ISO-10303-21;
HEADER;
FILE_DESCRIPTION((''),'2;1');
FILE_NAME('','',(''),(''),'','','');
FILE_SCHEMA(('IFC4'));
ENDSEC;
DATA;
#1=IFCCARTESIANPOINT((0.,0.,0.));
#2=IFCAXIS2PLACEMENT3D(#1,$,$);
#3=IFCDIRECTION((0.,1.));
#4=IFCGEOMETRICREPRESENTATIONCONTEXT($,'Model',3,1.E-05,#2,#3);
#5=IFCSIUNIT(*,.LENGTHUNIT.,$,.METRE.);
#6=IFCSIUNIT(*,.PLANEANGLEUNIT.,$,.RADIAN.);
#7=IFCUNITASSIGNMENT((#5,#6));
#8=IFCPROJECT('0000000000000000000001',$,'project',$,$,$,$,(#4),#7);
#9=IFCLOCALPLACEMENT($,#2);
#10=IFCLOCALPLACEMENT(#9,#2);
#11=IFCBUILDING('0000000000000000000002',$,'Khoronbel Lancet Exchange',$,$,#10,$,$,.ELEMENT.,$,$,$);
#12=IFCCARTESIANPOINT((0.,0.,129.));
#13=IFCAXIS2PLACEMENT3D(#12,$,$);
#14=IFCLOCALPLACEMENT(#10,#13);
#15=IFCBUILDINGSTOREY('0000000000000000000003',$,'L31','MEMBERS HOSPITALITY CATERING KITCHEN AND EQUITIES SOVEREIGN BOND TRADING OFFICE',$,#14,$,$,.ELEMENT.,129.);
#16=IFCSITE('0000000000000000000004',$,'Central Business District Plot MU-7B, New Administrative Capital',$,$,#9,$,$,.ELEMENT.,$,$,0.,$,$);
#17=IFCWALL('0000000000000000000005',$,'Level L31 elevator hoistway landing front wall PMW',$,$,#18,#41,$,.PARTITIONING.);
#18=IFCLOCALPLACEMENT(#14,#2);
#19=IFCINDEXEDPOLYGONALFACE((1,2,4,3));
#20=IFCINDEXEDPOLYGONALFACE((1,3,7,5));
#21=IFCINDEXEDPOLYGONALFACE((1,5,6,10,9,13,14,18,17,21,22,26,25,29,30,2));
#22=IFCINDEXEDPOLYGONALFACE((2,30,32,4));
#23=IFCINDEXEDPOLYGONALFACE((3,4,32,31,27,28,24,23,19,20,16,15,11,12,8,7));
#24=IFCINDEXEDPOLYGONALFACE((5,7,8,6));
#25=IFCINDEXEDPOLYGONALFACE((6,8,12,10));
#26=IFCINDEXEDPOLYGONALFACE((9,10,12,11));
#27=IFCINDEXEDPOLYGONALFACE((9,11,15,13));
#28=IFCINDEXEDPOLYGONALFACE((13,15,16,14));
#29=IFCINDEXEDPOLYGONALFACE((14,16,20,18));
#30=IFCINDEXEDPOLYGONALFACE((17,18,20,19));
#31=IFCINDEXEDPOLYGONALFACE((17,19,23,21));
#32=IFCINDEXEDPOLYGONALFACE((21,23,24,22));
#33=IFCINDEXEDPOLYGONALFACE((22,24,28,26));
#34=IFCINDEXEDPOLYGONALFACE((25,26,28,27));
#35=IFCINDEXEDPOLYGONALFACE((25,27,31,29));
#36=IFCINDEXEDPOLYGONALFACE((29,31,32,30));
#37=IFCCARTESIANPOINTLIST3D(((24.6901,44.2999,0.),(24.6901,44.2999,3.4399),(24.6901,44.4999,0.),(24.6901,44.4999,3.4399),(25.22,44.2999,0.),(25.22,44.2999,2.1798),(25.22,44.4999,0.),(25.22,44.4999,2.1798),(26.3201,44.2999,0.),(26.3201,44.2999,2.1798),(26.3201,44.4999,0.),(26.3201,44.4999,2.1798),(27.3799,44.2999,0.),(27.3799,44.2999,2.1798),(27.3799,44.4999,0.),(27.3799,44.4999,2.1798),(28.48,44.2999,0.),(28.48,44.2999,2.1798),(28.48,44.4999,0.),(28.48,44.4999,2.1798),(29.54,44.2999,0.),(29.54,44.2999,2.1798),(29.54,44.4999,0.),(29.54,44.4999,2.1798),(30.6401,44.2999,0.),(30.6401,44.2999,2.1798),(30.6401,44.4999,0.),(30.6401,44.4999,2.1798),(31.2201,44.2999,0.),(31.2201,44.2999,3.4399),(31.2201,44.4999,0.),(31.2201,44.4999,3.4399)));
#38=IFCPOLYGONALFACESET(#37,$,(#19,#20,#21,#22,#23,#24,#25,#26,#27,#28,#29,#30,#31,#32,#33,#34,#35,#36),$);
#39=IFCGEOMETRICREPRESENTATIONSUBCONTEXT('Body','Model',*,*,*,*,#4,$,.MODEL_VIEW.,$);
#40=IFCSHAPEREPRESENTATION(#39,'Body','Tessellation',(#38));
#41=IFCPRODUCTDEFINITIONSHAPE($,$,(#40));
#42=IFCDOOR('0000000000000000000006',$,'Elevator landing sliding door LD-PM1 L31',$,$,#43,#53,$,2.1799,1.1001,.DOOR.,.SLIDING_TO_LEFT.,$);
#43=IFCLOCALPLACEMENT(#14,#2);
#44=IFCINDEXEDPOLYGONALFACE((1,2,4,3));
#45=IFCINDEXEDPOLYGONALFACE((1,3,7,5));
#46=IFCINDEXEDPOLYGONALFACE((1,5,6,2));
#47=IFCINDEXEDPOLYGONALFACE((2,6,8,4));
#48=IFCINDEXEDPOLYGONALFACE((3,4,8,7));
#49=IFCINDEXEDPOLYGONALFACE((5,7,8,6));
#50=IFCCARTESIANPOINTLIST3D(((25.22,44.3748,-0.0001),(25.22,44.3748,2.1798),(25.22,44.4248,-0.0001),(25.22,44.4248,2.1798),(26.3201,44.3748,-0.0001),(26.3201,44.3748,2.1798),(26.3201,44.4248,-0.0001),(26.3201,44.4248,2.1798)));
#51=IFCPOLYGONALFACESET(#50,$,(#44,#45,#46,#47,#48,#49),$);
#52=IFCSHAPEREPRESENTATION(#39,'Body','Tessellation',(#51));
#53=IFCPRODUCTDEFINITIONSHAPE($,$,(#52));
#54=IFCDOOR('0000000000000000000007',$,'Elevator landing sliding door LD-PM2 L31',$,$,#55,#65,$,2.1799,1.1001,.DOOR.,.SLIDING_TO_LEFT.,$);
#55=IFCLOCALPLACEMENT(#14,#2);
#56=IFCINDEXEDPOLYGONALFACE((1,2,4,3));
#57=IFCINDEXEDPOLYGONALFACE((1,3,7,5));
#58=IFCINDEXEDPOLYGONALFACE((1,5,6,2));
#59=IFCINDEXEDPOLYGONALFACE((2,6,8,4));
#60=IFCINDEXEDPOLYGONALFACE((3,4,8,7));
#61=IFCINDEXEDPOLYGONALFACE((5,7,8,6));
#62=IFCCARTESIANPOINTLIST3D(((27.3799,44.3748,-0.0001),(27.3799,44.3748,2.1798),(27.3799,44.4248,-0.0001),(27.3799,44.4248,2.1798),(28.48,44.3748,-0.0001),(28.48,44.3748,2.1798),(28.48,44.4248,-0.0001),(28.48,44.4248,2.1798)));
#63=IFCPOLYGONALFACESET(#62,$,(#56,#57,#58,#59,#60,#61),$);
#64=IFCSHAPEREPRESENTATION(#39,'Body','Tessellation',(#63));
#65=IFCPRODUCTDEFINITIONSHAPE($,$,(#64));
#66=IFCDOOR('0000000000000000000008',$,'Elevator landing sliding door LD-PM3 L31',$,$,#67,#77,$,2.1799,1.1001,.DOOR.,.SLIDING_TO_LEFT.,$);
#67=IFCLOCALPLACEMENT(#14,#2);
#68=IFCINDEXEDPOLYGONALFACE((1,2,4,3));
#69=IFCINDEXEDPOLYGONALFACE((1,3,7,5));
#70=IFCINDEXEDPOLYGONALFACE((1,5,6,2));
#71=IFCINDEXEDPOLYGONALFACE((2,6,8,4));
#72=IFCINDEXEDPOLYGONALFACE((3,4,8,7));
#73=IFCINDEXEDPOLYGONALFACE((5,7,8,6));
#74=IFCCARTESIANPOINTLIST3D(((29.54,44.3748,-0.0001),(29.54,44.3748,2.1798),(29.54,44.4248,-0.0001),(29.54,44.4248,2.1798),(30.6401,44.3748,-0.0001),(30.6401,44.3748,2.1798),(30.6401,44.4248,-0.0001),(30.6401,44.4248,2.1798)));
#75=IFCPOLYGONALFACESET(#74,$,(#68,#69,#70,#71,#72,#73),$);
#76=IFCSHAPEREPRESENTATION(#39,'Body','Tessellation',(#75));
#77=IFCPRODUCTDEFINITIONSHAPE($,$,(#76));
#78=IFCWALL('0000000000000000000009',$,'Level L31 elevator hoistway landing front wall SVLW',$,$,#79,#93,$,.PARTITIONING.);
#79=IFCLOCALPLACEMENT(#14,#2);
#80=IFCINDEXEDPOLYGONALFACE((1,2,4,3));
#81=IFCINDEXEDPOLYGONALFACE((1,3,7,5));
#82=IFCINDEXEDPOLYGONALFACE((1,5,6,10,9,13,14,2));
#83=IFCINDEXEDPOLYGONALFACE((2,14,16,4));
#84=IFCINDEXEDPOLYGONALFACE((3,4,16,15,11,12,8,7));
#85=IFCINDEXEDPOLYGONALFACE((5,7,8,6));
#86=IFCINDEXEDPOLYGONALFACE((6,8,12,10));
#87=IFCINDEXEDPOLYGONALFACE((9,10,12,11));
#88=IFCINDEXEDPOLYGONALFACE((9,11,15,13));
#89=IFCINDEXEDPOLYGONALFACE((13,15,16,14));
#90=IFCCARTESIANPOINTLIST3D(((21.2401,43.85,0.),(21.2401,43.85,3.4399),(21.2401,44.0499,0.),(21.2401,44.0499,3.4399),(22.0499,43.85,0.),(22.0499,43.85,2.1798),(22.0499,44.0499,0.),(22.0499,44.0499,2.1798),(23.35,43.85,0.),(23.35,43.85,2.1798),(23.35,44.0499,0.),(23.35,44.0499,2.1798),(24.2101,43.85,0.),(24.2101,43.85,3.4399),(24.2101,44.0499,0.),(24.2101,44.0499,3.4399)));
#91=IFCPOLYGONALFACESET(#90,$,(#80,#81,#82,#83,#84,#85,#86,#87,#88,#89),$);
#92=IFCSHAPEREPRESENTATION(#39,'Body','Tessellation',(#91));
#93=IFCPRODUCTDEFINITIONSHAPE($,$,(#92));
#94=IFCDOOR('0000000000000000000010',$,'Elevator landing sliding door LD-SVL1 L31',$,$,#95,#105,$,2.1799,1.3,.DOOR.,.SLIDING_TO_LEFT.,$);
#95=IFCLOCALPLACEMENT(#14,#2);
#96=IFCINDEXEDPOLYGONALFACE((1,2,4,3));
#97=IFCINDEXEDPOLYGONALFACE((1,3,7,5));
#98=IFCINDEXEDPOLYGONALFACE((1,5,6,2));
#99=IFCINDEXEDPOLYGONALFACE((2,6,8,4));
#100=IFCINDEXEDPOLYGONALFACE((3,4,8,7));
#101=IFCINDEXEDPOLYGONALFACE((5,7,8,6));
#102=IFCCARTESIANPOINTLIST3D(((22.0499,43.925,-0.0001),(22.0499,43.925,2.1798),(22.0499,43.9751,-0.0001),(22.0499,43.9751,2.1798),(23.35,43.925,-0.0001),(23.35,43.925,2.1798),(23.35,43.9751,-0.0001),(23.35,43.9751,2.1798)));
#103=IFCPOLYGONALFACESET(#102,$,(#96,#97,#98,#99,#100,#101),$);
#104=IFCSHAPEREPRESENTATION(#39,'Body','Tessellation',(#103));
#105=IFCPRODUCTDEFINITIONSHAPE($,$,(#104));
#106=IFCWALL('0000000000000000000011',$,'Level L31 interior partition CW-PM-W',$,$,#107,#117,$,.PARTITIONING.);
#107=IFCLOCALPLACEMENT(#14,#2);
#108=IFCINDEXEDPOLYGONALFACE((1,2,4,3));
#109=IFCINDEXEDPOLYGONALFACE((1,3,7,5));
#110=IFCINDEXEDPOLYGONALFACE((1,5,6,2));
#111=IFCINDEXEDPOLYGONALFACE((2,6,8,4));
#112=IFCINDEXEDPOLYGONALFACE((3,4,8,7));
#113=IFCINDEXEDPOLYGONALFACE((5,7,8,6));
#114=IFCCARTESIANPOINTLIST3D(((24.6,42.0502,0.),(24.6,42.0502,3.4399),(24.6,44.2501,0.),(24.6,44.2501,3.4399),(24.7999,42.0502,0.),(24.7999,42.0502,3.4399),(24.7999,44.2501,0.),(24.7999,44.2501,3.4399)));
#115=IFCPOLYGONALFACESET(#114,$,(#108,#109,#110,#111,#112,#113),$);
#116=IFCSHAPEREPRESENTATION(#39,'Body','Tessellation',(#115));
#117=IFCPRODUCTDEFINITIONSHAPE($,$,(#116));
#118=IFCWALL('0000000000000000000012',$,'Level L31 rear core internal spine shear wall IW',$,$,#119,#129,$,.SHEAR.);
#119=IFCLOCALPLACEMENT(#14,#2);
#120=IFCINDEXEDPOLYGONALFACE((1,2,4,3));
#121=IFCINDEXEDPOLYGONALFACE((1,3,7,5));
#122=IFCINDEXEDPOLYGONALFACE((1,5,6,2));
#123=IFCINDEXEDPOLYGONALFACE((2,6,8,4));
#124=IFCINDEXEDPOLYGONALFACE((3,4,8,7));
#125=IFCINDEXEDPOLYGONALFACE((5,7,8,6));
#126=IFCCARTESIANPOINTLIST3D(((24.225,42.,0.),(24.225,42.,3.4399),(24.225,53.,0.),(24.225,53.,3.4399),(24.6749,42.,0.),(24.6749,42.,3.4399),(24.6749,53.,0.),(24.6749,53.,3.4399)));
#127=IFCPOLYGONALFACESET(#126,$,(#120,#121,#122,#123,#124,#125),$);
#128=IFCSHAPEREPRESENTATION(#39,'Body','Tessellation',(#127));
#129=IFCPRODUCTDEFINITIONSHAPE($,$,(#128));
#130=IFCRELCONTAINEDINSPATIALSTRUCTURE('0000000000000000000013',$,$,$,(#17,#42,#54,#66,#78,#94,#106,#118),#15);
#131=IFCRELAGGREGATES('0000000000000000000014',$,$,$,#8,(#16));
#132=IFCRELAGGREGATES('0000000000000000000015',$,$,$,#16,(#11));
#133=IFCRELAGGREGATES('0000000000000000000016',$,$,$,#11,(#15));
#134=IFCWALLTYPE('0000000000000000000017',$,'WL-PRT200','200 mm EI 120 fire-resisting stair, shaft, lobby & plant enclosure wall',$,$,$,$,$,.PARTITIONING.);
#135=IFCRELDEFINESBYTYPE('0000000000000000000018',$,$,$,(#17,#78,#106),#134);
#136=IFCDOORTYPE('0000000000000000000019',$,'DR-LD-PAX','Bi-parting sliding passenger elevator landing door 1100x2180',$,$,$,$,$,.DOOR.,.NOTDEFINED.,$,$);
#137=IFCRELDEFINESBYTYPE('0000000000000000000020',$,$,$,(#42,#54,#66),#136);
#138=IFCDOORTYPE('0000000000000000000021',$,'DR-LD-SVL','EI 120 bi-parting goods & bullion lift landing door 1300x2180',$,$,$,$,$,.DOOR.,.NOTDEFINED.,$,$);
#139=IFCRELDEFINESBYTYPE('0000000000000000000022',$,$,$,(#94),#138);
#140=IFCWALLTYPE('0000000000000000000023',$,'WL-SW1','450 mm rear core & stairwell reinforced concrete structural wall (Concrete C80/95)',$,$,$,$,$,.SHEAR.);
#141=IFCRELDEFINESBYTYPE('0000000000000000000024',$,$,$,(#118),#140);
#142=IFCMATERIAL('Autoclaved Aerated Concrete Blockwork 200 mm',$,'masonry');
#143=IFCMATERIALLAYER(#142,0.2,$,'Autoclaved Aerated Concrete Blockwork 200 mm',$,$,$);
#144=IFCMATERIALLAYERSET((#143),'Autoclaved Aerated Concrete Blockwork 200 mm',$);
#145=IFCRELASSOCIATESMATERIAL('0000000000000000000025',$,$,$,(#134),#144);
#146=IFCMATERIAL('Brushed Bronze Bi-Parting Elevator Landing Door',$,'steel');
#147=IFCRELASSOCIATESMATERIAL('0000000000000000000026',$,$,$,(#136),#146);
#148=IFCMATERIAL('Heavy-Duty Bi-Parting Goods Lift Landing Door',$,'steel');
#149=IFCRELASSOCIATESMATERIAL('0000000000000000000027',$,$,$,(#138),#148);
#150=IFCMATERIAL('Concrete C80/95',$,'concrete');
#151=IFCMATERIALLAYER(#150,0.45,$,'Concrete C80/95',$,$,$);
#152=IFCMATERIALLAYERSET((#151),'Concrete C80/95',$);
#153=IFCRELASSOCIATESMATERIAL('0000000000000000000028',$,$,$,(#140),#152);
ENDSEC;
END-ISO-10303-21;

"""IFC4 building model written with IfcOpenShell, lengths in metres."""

from ifc_helpers import new_model, si_unit, direction, frame, frame_2d, origin, place, context, subcontext, project, spatial, rectangle, extrude, material, layer, layer_set, type_object, element, fill, save


model = new_model("IFC4")

# Units and contexts
model_context = context("Model", 3, precision=1e-05, world=origin(), true_north=direction((0.0, 1.0)))
body_context = subcontext(model_context, "Body", "Model", "MODEL_VIEW")
ifc_project = project(units=[si_unit("LENGTHUNIT", "METRE"), si_unit("PLANEANGLEUNIT", "RADIAN")], contexts=[model_context])

# Site, building, storey
site_placement = place(None, origin())
site = spatial("IfcSite", under=ifc_project, at=site_placement, Name="Central Business District Plot MU-7B, New Administrative Capital", CompositionType="ELEMENT", RefElevation=0.0)
building_placement = place(site_placement, origin())
building = spatial("IfcBuilding", under=site, at=building_placement, Name="Khoronbel Lancet Exchange", CompositionType="ELEMENT")
storey_placement = place(building_placement, frame((0.0, 0.0, 129.0)))
storey = spatial("IfcBuildingStorey", under=building, at=storey_placement, Name="L31", Description="MEMBERS HOSPITALITY CATERING KITCHEN AND EQUITIES SOVEREIGN BOND TRADING OFFICE", CompositionType="ELEMENT", Elevation=129.0)

# Shared definitions
ifc_material_1 = material(Name="Concrete C80/95", Category="concrete")

# Wall, openings, doors
ifc_material_2 = material(Name="Autoclaved Aerated Concrete Blockwork 200 mm", Category="masonry")
ifc_layer_1 = layer(ifc_material_2, 0.2, Name="Autoclaved Aerated Concrete Blockwork 200 mm")
ifc_layer_set_1 = layer_set([ifc_layer_1], Name="Autoclaved Aerated Concrete Blockwork 200 mm")
wall_type_1 = type_object("IfcWallType", Name="WL-PRT200", Description="200 mm EI 120 fire-resisting stair, shaft, lobby & plant enclosure wall", PredefinedType="PARTITIONING", material=ifc_layer_set_1)
wall_1_placement = place(storey_placement, frame((24.6899, 44.3999, 0.0), z_axis=(0.0, 0.0, 1.0), x_axis=(1.0, 0.0, 0.0)))
wall_1 = element("IfcWall", 1, at=wall_1_placement, inside=storey, type_object=wall_type_1, Name="Level L31 elevator hoistway landing front wall PMW", PredefinedType="PARTITIONING", context=body_context, shape_type="SweptSolid", body=[
    extrude(rectangle(XDim=6.53, YDim=0.2, at=frame_2d((3.2651, 0.0))), origin(), (0.0, 0.0, 1.0), 3.4399),
])
opening_1_placement = place(wall_1_placement, frame((0.53, 0.0, 0.0)))
opening_1 = element("IfcOpeningElement", 2, at=opening_1_placement, cuts=wall_1, PredefinedType="OPENING", context=body_context, shape_type="SweptSolid", body=[
    extrude(rectangle(XDim=1.1001, YDim=2.1799, at=frame_2d((0.55, 1.0898))), frame((0.0, 0.1099, 0.0), z_axis=(0.0, -1.0, 0.0), x_axis=(1.0, 0.0, 0.0)), (0.0, 0.0, 1.0), 0.22),
])
opening_2_placement = place(wall_1_placement, frame((2.6899, 0.0, 0.0)))
opening_2 = element("IfcOpeningElement", 3, at=opening_2_placement, cuts=wall_1, PredefinedType="OPENING", context=body_context, shape_type="SweptSolid", body=[
    extrude(rectangle(XDim=1.1001, YDim=2.1799, at=frame_2d((0.55, 1.0898))), frame((0.0, 0.1099, 0.0), z_axis=(0.0, -1.0, 0.0), x_axis=(1.0, 0.0, 0.0)), (0.0, 0.0, 1.0), 0.22),
])
opening_3_placement = place(wall_1_placement, frame((4.8501, 0.0, 0.0)))
opening_3 = element("IfcOpeningElement", 4, at=opening_3_placement, cuts=wall_1, PredefinedType="OPENING", context=body_context, shape_type="SweptSolid", body=[
    extrude(rectangle(XDim=1.1001, YDim=2.1799, at=frame_2d((0.55, 1.0898))), frame((0.0, 0.1099, 0.0), z_axis=(0.0, -1.0, 0.0), x_axis=(1.0, 0.0, 0.0)), (0.0, 0.0, 1.0), 0.22),
])
ifc_material_3 = material(Name="Brushed Bronze Bi-Parting Elevator Landing Door", Category="steel")
door_type_1 = type_object("IfcDoorType", Name="DR-LD-PAX", Description="Bi-parting sliding passenger elevator landing door 1100x2180", OperationType="NOTDEFINED", PredefinedType="DOOR", material=ifc_material_3)
door_1_placement = place(opening_1_placement, origin())
door_1 = element("IfcDoor", 5, at=door_1_placement, inside=storey, type_object=door_type_1, Name="Elevator landing sliding door LD-PM1 L31", OperationType="SLIDING_TO_LEFT", OverallHeight=2.1799, OverallWidth=1.1001, PredefinedType="DOOR", context=body_context, shape_type="SweptSolid", body=[
    extrude(rectangle(XDim=1.1001, YDim=2.1799, at=frame_2d((0.55, 1.0898))), frame((0.0, 0.0249, 0.0), z_axis=(0.0, -1.0, 0.0), x_axis=(1.0, 0.0, 0.0)), (0.0, 0.0, 1.0), 0.05),
])
fill(opening_1, door_1)
door_2_placement = place(opening_2_placement, origin())
door_2 = element("IfcDoor", 6, at=door_2_placement, inside=storey, type_object=door_type_1, Name="Elevator landing sliding door LD-PM2 L31", OperationType="SLIDING_TO_LEFT", OverallHeight=2.1799, OverallWidth=1.1001, PredefinedType="DOOR", context=body_context, shape_type="SweptSolid", body=[
    extrude(rectangle(XDim=1.1001, YDim=2.1799, at=frame_2d((0.55, 1.0898))), frame((0.0, 0.0249, 0.0), z_axis=(0.0, -1.0, 0.0), x_axis=(1.0, 0.0, 0.0)), (0.0, 0.0, 1.0), 0.05),
])
fill(opening_2, door_2)
door_3_placement = place(opening_3_placement, origin())
door_3 = element("IfcDoor", 7, at=door_3_placement, inside=storey, type_object=door_type_1, Name="Elevator landing sliding door LD-PM3 L31", OperationType="SLIDING_TO_LEFT", OverallHeight=2.1799, OverallWidth=1.1001, PredefinedType="DOOR", context=body_context, shape_type="SweptSolid", body=[
    extrude(rectangle(XDim=1.1001, YDim=2.1799, at=frame_2d((0.55, 1.0898))), frame((0.0, 0.0249, 0.0), z_axis=(0.0, -1.0, 0.0), x_axis=(1.0, 0.0, 0.0)), (0.0, 0.0, 1.0), 0.05),
])
fill(opening_3, door_3)

# Wall, opening, door
wall_2_placement = place(storey_placement, frame((24.21, 43.95, 0.0), z_axis=(0.0, 0.0, 1.0), x_axis=(-1.0, 0.0, 0.0)))
wall_2 = element("IfcWall", 8, at=wall_2_placement, inside=storey, type_object=wall_type_1, Name="Level L31 elevator hoistway landing front wall SVLW", PredefinedType="PARTITIONING", context=body_context, shape_type="SweptSolid", body=[
    extrude(rectangle(XDim=2.97, YDim=0.2, at=frame_2d((1.4849, 0.0))), origin(), (0.0, 0.0, 1.0), 3.4399),
])
opening_4_placement = place(wall_2_placement, frame((0.8601, 0.0, 0.0)))
opening_4 = element("IfcOpeningElement", 9, at=opening_4_placement, cuts=wall_2, PredefinedType="OPENING", context=body_context, shape_type="SweptSolid", body=[
    extrude(rectangle(XDim=1.3, YDim=2.1799, at=frame_2d((0.6499, 1.0898))), frame((0.0, 0.1099, 0.0), z_axis=(0.0, -1.0, 0.0), x_axis=(1.0, 0.0, 0.0)), (0.0, 0.0, 1.0), 0.22),
])
ifc_material_4 = material(Name="Heavy-Duty Bi-Parting Goods Lift Landing Door", Category="steel")
door_type_2 = type_object("IfcDoorType", Name="DR-LD-SVL", Description="EI 120 bi-parting goods & bullion lift landing door 1300x2180", OperationType="NOTDEFINED", PredefinedType="DOOR", material=ifc_material_4)
door_4_placement = place(opening_4_placement, origin())
door_4 = element("IfcDoor", 10, at=door_4_placement, inside=storey, type_object=door_type_2, Name="Elevator landing sliding door LD-SVL1 L31", OperationType="SLIDING_TO_LEFT", OverallHeight=2.1799, OverallWidth=1.3, PredefinedType="DOOR", context=body_context, shape_type="SweptSolid", body=[
    extrude(rectangle(XDim=1.3, YDim=2.1799, at=frame_2d((0.6499, 1.0898))), frame((0.0, 0.0249, 0.0), z_axis=(0.0, -1.0, 0.0), x_axis=(1.0, 0.0, 0.0)), (0.0, 0.0, 1.0), 0.05),
])
fill(opening_4, door_4)

# Walls
wall_3_placement = place(storey_placement, frame((24.7, 42.05, 0.0), z_axis=(0.0, 0.0, 1.0), x_axis=(0.0, 1.0, 0.0)))
element("IfcWall", 11, at=wall_3_placement, inside=storey, type_object=wall_type_1, Name="Level L31 interior partition CW-PM-W", PredefinedType="PARTITIONING", context=body_context, shape_type="SweptSolid", body=[
    extrude(rectangle(XDim=2.2, YDim=0.2, at=frame_2d((1.1001, 0.0))), origin(), (0.0, 0.0, 1.0), 3.4399),
])
ifc_layer_2 = layer(ifc_material_1, 0.45, Name="Concrete C80/95")
ifc_layer_set_2 = layer_set([ifc_layer_2], Name="Concrete C80/95")
wall_type_2 = type_object("IfcWallType", Name="WL-SW1", Description="450 mm rear core & stairwell reinforced concrete structural wall (Concrete C80/95)", PredefinedType="SHEAR", material=ifc_layer_set_2)
wall_4_placement = place(storey_placement, frame((24.45, 42.0, 0.0), z_axis=(0.0, 0.0, 1.0), x_axis=(0.0, 1.0, 0.0)))
element("IfcWall", 12, at=wall_4_placement, inside=storey, type_object=wall_type_2, Name="Level L31 rear core internal spine shear wall IW", PredefinedType="SHEAR", context=body_context, shape_type="SweptSolid", body=[
    extrude(rectangle(XDim=11.0, YDim=0.45, at=frame_2d((5.5, 0.0))), origin(), (0.0, 0.0, 1.0), 3.4399),
])

save(model, "model.ifc")
